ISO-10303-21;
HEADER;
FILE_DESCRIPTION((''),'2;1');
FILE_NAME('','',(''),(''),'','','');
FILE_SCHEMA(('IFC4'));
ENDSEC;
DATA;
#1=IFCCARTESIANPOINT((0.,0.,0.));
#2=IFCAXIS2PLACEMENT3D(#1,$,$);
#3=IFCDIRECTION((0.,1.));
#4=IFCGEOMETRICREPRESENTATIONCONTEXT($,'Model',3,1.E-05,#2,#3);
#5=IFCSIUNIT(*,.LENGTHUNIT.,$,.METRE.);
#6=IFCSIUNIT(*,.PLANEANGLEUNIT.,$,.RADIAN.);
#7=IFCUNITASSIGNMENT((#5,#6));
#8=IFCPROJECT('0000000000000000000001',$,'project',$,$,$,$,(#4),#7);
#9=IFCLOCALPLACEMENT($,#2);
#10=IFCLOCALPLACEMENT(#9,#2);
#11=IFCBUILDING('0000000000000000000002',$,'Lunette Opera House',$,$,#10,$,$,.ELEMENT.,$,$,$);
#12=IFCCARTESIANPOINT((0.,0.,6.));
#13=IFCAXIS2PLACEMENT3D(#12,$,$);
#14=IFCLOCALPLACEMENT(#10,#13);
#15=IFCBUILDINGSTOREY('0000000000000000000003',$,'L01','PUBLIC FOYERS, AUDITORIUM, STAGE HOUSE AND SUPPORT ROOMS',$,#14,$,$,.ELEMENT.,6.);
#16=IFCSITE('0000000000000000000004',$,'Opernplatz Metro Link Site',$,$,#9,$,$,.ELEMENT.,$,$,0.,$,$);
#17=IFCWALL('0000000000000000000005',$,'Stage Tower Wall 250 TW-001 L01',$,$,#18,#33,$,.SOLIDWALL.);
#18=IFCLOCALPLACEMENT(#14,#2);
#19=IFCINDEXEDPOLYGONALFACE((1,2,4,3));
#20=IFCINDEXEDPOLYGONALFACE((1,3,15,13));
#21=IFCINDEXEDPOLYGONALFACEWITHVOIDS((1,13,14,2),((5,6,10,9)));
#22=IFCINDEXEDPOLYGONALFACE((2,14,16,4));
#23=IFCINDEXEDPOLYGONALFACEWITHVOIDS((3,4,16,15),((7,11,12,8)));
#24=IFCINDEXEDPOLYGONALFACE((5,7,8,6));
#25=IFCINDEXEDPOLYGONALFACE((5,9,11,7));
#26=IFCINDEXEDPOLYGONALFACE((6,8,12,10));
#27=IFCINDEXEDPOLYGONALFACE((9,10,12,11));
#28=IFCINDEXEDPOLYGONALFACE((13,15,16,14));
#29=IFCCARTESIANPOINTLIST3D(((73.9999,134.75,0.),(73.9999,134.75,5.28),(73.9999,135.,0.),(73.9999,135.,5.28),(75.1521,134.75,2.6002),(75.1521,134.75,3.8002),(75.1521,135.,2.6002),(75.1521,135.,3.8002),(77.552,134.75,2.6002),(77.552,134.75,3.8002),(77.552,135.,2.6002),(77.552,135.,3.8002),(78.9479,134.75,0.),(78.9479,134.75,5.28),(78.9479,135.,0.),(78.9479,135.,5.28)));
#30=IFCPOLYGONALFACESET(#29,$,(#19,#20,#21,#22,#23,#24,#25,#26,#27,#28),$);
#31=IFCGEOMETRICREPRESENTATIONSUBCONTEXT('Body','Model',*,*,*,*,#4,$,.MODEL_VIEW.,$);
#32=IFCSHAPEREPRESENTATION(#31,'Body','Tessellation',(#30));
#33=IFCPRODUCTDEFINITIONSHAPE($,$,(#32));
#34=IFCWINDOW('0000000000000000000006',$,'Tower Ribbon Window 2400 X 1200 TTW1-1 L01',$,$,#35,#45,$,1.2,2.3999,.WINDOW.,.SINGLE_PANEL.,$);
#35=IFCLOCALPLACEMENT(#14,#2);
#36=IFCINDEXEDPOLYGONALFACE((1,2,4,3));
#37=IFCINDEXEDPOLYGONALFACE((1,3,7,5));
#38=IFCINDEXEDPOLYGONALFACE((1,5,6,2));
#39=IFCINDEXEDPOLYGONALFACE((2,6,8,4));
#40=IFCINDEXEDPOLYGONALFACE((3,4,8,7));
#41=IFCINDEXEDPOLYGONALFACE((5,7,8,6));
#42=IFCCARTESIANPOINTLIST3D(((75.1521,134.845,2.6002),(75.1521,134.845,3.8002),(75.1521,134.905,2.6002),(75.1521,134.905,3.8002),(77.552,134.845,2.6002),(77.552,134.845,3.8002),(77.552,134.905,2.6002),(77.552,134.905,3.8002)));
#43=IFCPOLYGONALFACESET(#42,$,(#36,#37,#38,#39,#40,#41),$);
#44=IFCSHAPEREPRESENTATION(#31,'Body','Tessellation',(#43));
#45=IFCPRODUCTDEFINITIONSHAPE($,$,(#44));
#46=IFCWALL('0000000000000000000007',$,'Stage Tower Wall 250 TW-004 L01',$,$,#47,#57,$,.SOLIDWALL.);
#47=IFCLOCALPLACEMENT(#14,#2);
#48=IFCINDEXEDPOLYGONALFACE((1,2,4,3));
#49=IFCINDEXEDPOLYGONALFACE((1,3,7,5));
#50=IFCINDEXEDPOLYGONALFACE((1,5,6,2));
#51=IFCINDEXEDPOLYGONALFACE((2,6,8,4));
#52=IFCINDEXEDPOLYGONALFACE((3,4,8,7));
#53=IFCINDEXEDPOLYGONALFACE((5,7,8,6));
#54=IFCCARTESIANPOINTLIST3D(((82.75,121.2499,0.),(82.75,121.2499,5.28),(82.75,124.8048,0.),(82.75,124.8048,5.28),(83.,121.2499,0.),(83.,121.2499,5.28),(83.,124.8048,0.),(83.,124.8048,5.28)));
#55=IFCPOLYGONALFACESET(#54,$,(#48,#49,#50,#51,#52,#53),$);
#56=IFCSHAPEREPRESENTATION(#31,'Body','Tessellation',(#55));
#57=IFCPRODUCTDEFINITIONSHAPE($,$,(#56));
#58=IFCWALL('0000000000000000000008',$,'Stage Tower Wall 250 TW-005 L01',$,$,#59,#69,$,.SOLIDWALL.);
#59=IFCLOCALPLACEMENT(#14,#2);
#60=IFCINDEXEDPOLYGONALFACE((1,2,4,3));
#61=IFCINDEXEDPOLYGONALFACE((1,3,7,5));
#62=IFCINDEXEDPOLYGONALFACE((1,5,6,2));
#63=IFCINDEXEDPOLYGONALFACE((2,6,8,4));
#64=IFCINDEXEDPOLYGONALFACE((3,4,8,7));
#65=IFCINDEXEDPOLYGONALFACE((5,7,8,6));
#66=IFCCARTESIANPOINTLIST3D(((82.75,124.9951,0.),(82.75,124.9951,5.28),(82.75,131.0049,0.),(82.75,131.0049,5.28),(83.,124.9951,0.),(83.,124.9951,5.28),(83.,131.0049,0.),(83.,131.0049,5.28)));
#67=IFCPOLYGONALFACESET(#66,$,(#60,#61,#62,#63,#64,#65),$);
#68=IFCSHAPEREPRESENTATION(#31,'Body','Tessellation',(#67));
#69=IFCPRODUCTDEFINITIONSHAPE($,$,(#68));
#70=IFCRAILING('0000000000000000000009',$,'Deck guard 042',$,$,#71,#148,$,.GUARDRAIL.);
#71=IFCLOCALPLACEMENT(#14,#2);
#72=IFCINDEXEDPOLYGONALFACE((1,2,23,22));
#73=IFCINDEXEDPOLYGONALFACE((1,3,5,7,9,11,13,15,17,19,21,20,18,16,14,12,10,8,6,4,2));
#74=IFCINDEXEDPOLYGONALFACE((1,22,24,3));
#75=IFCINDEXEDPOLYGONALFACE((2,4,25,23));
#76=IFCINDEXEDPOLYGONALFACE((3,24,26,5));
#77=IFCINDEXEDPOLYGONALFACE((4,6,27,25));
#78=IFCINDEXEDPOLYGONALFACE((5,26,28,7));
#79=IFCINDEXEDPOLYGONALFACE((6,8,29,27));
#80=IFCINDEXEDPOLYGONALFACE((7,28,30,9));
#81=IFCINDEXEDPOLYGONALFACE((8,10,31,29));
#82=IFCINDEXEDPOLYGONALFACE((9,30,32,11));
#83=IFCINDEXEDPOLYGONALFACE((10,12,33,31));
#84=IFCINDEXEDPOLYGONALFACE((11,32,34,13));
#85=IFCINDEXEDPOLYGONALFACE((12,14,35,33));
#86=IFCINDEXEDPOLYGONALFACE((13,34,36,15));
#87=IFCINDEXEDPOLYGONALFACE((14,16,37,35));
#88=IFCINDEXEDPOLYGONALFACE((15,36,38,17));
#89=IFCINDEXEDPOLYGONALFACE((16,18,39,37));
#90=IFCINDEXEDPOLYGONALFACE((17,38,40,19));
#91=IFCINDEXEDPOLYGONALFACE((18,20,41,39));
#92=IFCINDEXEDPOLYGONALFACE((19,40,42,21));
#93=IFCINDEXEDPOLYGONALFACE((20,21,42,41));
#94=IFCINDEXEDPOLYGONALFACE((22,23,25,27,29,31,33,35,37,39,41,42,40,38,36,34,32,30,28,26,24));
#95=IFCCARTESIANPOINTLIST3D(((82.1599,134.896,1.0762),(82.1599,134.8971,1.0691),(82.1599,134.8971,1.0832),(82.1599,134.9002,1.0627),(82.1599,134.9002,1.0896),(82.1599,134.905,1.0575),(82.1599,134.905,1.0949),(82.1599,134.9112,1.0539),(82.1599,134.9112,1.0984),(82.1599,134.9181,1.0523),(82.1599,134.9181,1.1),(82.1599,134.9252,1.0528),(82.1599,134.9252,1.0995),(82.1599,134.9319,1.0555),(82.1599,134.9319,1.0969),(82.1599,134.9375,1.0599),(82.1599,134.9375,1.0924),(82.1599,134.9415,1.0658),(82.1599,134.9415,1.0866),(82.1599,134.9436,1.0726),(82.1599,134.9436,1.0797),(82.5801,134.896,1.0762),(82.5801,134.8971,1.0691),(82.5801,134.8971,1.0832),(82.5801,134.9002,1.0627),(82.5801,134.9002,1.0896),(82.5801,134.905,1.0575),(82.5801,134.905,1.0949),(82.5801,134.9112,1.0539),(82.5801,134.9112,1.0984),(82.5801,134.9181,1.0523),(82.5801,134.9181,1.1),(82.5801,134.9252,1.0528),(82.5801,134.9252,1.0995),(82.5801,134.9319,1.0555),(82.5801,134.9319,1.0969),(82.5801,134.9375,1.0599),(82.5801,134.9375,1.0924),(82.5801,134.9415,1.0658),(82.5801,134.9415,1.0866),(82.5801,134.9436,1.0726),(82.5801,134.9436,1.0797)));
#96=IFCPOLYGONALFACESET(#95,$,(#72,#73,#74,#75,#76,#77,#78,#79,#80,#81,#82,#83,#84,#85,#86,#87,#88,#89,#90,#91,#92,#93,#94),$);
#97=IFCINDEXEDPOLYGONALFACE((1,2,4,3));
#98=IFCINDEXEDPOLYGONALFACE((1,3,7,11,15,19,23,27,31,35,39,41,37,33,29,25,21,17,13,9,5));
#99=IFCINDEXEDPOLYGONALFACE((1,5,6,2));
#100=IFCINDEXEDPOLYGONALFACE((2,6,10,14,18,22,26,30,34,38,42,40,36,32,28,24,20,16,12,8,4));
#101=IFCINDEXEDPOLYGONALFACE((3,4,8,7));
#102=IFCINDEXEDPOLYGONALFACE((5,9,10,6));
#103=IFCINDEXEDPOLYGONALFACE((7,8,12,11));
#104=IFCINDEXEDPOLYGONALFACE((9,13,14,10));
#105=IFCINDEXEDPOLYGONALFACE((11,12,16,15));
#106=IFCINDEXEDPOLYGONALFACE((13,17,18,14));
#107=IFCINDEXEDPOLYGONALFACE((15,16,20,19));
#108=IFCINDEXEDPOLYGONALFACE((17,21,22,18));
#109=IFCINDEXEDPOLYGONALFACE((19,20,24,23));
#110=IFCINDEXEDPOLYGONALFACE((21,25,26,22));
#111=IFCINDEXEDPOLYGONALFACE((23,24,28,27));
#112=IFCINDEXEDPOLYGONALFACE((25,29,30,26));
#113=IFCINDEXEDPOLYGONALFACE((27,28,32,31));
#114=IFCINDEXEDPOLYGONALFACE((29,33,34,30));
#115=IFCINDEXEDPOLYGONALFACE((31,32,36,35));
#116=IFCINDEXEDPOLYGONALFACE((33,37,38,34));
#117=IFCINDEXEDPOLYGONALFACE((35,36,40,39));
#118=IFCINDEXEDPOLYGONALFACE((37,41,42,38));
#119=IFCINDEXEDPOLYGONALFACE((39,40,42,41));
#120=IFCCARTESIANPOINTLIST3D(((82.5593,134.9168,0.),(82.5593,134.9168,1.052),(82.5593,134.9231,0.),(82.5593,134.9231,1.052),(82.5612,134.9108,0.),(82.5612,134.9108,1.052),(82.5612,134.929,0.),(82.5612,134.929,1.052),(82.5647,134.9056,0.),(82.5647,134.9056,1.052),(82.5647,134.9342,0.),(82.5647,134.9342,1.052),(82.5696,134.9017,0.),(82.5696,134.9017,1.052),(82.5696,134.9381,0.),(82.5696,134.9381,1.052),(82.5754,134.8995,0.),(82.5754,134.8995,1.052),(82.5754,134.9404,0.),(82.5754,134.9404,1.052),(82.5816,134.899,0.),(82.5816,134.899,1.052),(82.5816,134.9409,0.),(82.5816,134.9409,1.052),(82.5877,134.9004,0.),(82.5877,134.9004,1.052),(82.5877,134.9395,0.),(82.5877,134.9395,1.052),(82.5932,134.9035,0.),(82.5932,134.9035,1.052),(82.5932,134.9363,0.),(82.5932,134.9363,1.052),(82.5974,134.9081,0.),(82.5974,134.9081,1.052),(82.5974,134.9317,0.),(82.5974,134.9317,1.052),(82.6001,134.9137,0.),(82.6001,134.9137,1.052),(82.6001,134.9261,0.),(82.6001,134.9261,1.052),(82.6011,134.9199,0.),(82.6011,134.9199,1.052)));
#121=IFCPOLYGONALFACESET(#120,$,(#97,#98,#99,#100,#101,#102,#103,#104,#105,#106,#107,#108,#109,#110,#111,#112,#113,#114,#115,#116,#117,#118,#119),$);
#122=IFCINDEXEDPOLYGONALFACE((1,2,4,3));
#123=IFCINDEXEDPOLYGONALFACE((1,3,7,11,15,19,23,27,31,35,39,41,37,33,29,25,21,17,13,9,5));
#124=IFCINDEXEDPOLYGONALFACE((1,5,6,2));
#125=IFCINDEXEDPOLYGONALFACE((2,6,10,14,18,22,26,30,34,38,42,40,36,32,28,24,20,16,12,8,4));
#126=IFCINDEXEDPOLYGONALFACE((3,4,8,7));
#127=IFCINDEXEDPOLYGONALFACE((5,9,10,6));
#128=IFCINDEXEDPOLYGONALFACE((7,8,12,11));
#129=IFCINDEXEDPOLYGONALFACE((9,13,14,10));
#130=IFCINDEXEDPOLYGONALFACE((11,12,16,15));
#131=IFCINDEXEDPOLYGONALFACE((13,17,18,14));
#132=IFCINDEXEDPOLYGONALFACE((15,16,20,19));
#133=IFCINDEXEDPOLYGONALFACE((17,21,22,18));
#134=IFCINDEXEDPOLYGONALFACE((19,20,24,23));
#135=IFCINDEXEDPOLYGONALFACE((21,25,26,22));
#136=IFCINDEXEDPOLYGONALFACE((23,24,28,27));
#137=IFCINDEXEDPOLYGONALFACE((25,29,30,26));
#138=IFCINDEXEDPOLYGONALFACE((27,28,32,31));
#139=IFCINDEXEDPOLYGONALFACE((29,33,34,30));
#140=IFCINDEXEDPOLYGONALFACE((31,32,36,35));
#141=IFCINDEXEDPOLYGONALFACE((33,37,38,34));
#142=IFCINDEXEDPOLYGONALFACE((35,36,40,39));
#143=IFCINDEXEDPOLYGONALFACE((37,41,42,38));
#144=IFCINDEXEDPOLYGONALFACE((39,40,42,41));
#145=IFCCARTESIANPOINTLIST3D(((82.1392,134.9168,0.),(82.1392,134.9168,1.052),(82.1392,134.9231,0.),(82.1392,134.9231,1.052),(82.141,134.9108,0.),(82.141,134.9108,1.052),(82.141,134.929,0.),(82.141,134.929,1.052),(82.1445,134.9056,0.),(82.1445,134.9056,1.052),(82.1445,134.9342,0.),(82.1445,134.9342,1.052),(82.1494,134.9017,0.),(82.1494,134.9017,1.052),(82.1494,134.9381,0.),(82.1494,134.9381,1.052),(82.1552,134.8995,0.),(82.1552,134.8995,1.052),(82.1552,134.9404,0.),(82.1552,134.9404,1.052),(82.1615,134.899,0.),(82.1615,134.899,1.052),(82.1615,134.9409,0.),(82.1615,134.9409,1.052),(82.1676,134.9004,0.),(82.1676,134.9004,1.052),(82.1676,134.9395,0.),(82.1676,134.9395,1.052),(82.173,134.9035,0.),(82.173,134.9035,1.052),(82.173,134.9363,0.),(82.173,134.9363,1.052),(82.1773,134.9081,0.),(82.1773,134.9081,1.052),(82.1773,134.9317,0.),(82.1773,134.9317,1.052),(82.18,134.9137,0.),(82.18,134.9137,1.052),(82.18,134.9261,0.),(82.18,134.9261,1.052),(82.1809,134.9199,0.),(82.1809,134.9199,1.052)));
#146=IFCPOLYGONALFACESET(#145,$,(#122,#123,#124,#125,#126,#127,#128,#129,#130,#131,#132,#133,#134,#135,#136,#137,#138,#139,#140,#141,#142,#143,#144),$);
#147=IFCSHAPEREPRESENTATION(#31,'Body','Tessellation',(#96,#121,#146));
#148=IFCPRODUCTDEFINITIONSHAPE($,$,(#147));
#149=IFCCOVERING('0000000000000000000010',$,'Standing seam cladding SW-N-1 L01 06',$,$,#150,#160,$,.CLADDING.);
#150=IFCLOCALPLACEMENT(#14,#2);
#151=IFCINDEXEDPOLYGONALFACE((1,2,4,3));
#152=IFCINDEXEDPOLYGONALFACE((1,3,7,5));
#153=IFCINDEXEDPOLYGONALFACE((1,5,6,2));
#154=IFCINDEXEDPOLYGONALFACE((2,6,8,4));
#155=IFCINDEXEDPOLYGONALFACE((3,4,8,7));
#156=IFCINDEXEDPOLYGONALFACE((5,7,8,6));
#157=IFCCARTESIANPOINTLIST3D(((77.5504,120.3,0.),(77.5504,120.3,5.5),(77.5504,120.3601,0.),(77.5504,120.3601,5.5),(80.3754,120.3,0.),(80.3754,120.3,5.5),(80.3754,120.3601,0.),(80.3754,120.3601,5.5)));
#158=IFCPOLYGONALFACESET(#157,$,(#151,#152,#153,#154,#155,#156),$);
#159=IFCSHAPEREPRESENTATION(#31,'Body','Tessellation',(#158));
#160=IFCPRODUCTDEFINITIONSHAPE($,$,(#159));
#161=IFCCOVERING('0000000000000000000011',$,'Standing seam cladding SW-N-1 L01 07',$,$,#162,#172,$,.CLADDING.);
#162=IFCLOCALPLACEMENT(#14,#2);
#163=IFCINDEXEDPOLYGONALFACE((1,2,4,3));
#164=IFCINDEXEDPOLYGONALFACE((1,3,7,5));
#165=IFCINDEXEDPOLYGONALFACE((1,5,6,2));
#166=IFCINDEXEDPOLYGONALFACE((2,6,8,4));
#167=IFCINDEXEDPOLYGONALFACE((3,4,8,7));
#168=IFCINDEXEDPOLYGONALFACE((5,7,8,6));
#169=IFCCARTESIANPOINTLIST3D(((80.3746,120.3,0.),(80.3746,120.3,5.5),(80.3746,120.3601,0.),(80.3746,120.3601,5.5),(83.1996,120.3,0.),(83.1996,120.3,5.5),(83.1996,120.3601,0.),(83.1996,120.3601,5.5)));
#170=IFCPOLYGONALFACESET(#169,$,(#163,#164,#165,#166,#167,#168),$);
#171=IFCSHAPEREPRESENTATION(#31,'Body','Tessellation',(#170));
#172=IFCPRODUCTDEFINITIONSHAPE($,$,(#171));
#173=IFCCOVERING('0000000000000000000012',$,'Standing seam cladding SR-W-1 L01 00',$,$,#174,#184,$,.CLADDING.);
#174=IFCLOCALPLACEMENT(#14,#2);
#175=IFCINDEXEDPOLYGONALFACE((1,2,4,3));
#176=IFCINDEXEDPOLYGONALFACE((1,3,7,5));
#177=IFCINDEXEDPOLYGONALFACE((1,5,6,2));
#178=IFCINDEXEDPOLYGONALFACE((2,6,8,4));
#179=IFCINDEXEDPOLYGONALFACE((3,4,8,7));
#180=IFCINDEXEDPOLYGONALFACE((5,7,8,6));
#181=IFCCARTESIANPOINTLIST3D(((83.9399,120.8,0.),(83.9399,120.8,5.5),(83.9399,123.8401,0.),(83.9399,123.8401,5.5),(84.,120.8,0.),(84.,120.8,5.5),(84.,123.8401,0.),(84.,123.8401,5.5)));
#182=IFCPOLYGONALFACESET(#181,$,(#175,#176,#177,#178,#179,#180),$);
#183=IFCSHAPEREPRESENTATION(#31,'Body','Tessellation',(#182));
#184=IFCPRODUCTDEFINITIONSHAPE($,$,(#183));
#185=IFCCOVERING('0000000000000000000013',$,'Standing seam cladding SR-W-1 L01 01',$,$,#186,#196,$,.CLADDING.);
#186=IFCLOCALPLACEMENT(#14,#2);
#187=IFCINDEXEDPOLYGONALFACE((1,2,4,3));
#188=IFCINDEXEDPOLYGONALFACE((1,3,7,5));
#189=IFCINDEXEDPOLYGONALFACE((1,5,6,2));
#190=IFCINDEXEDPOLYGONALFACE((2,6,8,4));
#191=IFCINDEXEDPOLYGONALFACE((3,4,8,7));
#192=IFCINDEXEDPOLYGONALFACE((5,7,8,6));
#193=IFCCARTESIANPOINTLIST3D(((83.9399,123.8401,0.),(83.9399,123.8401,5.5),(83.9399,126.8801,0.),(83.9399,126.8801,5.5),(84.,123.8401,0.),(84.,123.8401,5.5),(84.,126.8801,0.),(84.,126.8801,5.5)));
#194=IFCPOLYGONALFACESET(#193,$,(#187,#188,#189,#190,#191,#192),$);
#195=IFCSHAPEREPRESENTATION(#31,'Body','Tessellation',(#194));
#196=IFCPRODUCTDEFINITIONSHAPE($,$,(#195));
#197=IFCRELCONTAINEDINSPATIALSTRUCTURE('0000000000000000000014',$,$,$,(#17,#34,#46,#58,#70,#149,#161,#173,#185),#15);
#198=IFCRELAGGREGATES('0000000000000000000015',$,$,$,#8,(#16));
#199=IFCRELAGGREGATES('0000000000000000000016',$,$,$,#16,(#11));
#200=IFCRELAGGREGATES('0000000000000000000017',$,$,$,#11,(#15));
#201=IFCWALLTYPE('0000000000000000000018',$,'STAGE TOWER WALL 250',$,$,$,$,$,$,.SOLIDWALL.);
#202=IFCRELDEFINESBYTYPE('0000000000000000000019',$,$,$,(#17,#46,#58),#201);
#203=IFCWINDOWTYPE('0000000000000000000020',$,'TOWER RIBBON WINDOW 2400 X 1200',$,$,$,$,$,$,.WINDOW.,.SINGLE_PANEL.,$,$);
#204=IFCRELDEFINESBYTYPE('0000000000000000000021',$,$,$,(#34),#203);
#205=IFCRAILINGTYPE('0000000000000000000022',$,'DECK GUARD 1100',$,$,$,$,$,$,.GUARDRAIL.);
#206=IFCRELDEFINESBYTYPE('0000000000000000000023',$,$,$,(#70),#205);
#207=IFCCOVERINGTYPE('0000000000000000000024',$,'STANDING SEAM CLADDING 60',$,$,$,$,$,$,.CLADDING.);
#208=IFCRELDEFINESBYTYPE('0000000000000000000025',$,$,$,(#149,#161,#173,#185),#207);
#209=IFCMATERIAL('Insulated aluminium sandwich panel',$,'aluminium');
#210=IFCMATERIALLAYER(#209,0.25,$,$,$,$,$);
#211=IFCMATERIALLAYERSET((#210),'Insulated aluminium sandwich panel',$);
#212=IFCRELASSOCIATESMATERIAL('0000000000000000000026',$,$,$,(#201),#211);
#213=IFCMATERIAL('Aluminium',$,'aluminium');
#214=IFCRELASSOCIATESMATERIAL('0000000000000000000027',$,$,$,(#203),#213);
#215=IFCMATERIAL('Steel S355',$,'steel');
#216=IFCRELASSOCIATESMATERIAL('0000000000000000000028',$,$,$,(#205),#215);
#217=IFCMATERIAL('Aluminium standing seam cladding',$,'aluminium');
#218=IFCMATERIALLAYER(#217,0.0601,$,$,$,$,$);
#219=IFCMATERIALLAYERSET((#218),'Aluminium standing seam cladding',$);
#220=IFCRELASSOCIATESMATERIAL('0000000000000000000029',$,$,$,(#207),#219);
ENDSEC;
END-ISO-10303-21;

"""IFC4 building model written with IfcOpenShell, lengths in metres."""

from ifc_helpers import new_model, si_unit, direction, frame, frame_2d, origin, origin_2d, place, context, subcontext, project, spatial, rectangle, circle, extrude, material, layer, layer_set, type_object, element, fill, save


model = new_model("IFC4")

# Units and contexts
model_context = context("Model", 3, precision=1e-05, world=origin(), true_north=direction((0.0, 1.0)))
body_context = subcontext(model_context, "Body", "Model", "MODEL_VIEW")
ifc_project = project(units=[si_unit("LENGTHUNIT", "METRE"), si_unit("PLANEANGLEUNIT", "RADIAN")], contexts=[model_context])

# Site, building, storey
site_placement = place(None, origin())
site = spatial("IfcSite", under=ifc_project, at=site_placement, Name="Opernplatz Metro Link Site", CompositionType="ELEMENT", RefElevation=0.0)
building_placement = place(site_placement, origin())
building = spatial("IfcBuilding", under=site, at=building_placement, Name="Lunette Opera House", CompositionType="ELEMENT")
storey_placement = place(building_placement, frame((0.0, 0.0, 6.0)))
storey = spatial("IfcBuildingStorey", under=building, at=storey_placement, Name="L01", Description="PUBLIC FOYERS, AUDITORIUM, STAGE HOUSE AND SUPPORT ROOMS", CompositionType="ELEMENT", Elevation=6.0)

# Wall, opening, window
ifc_material_1 = material(Name="Insulated aluminium sandwich panel", Category="aluminium")
ifc_layer_1 = layer(ifc_material_1, 0.25)
ifc_layer_set_1 = layer_set([ifc_layer_1], Name="Insulated aluminium sandwich panel")
wall_type_1 = type_object("IfcWallType", Name="STAGE TOWER WALL 250", PredefinedType="SOLIDWALL", material=ifc_layer_set_1)
wall_1_placement = place(storey_placement, frame((78.948, 134.875, 0.0), z_axis=(0.0, 0.0, 1.0), x_axis=(-1.0, 0.0, 0.0)))
wall_1 = element("IfcWall", 1, at=wall_1_placement, inside=storey, type_object=wall_type_1, Name="Stage Tower Wall 250 TW-001 L01", PredefinedType="SOLIDWALL", context=body_context, shape_type="SweptSolid", body=[
    extrude(rectangle(XDim=4.948, YDim=0.25, at=frame_2d((2.4741, 0.0))), origin(), (0.0, 0.0, 1.0), 5.28),
])
opening_1_placement = place(wall_1_placement, frame((1.396, 0.0, 2.6001)))
opening_1 = element("IfcOpeningElement", 2, at=opening_1_placement, cuts=wall_1, PredefinedType="OPENING", context=body_context, shape_type="SweptSolid", body=[
    extrude(rectangle(XDim=2.3999, YDim=1.2, at=frame_2d((1.2, 0.6001))), frame((0.0, 0.137, 0.0), z_axis=(0.0, -1.0, 0.0), x_axis=(1.0, 0.0, 0.0)), (0.0, 0.0, 1.0), 0.2739),
])
ifc_material_2 = material(Name="Aluminium", Category="aluminium")
window_type = type_object("IfcWindowType", Name="TOWER RIBBON WINDOW 2400 X 1200", PartitioningType="SINGLE_PANEL", PredefinedType="WINDOW", material=ifc_material_2)
window_placement = place(opening_1_placement, origin())
window = element("IfcWindow", 3, at=window_placement, inside=storey, type_object=window_type, Name="Tower Ribbon Window 2400 X 1200 TTW1-1 L01", OverallHeight=1.2, OverallWidth=2.3999, PartitioningType="SINGLE_PANEL", PredefinedType="WINDOW", context=body_context, shape_type="SweptSolid", body=[
    extrude(rectangle(XDim=2.3999, YDim=1.2, at=frame_2d((1.2, 0.6001))), frame((0.0, 0.03, 0.0), z_axis=(0.0, -1.0, 0.0), x_axis=(1.0, 0.0, 0.0)), (0.0, 0.0, 1.0), 0.0601),
])
fill(opening_1, window)

# Walls
wall_2_placement = place(storey_placement, frame((82.875, 121.25, 0.0), z_axis=(0.0, 0.0, 1.0), x_axis=(0.0, 1.0, 0.0)))
element("IfcWall", 4, at=wall_2_placement, inside=storey, type_object=wall_type_1, Name="Stage Tower Wall 250 TW-004 L01", PredefinedType="SOLIDWALL", context=body_context, shape_type="SweptSolid", body=[
    extrude(rectangle(XDim=3.5549, YDim=0.25, at=frame_2d((1.7773, 0.0))), origin(), (0.0, 0.0, 1.0), 5.28),
])
wall_3_placement = place(storey_placement, frame((82.875, 124.9951, 0.0), z_axis=(0.0, 0.0, 1.0), x_axis=(0.0, 1.0, 0.0)))
element("IfcWall", 5, at=wall_3_placement, inside=storey, type_object=wall_type_1, Name="Stage Tower Wall 250 TW-005 L01", PredefinedType="SOLIDWALL", context=body_context, shape_type="SweptSolid", body=[
    extrude(rectangle(XDim=6.0098, YDim=0.25, at=frame_2d((3.0049, 0.0))), origin(), (0.0, 0.0, 1.0), 5.28),
])

# Railing
ifc_material_3 = material(Name="Steel S355", Category="steel")
railing_type = type_object("IfcRailingType", Name="DECK GUARD 1100", PredefinedType="GUARDRAIL", material=ifc_material_3)
railing_placement = place(storey_placement, frame((82.5801, 134.9199, 0.0)))
element("IfcRailing", 6, at=railing_placement, inside=storey, type_object=railing_type, Name="Deck guard 042", PredefinedType="GUARDRAIL", context=body_context, shape_type="SweptSolid", body=[
    extrude(circle(Radius=0.0239, at=origin_2d()), frame((0.0, 0.0, 1.0762), z_axis=(-1.0, 0.0, 0.0), x_axis=(0.0, -1.0, 0.0)), (0.0, 0.0, 1.0), 0.4202),
    extrude(circle(Radius=0.021, at=origin_2d()), origin(), (0.0, 0.0, 1.0), 1.052),
    extrude(circle(Radius=0.021, at=origin_2d()), frame((-0.4202, 0.0, 0.0)), (0.0, 0.0, 1.0), 1.052),
])

# Coverings
ifc_material_4 = material(Name="Aluminium standing seam cladding", Category="aluminium")
ifc_layer_2 = layer(ifc_material_4, 0.0601)
ifc_layer_set_2 = layer_set([ifc_layer_2], Name="Aluminium standing seam cladding")
covering_type = type_object("IfcCoveringType", Name="STANDING SEAM CLADDING 60", PredefinedType="CLADDING", material=ifc_layer_set_2)
for number, where, z_axis, x_axis, name in (
    (7, (78.9629, 120.3301, 0.0), (0.0, 0.0, 1.0), (1.0, 0.0, 0.0), "Standing seam cladding SW-N-1 L01 06"),
    (8, (81.7871, 120.3301, 0.0), (0.0, 0.0, 1.0), (1.0, 0.0, 0.0), "Standing seam cladding SW-N-1 L01 07"),
):
    element("IfcCovering", number, at=place(storey_placement, frame(where, z_axis=z_axis, x_axis=x_axis)), inside=storey, type_object=covering_type, Name=name, PredefinedType="CLADDING", context=body_context, shape_type="SweptSolid", body=[
        extrude(rectangle(XDim=2.825, YDim=0.0601, at=origin_2d()), origin(), (0.0, 0.0, 1.0), 5.5),
    ])
for number, where, z_axis, x_axis, name in (
    (9, (83.97, 122.3201, 0.0), (0.0, 0.0, 1.0), (0.0, 1.0, 0.0), "Standing seam cladding SR-W-1 L01 00"),
    (10, (83.97, 125.3601, 0.0), (0.0, 0.0, 1.0), (0.0, 1.0, 0.0), "Standing seam cladding SR-W-1 L01 01"),
):
    element("IfcCovering", number, at=place(storey_placement, frame(where, z_axis=z_axis, x_axis=x_axis)), inside=storey, type_object=covering_type, Name=name, PredefinedType="CLADDING", context=body_context, shape_type="SweptSolid", body=[
        extrude(rectangle(XDim=3.04, YDim=0.0601, at=origin_2d()), origin(), (0.0, 0.0, 1.0), 5.5),
    ])

save(model, "model.ifc")
